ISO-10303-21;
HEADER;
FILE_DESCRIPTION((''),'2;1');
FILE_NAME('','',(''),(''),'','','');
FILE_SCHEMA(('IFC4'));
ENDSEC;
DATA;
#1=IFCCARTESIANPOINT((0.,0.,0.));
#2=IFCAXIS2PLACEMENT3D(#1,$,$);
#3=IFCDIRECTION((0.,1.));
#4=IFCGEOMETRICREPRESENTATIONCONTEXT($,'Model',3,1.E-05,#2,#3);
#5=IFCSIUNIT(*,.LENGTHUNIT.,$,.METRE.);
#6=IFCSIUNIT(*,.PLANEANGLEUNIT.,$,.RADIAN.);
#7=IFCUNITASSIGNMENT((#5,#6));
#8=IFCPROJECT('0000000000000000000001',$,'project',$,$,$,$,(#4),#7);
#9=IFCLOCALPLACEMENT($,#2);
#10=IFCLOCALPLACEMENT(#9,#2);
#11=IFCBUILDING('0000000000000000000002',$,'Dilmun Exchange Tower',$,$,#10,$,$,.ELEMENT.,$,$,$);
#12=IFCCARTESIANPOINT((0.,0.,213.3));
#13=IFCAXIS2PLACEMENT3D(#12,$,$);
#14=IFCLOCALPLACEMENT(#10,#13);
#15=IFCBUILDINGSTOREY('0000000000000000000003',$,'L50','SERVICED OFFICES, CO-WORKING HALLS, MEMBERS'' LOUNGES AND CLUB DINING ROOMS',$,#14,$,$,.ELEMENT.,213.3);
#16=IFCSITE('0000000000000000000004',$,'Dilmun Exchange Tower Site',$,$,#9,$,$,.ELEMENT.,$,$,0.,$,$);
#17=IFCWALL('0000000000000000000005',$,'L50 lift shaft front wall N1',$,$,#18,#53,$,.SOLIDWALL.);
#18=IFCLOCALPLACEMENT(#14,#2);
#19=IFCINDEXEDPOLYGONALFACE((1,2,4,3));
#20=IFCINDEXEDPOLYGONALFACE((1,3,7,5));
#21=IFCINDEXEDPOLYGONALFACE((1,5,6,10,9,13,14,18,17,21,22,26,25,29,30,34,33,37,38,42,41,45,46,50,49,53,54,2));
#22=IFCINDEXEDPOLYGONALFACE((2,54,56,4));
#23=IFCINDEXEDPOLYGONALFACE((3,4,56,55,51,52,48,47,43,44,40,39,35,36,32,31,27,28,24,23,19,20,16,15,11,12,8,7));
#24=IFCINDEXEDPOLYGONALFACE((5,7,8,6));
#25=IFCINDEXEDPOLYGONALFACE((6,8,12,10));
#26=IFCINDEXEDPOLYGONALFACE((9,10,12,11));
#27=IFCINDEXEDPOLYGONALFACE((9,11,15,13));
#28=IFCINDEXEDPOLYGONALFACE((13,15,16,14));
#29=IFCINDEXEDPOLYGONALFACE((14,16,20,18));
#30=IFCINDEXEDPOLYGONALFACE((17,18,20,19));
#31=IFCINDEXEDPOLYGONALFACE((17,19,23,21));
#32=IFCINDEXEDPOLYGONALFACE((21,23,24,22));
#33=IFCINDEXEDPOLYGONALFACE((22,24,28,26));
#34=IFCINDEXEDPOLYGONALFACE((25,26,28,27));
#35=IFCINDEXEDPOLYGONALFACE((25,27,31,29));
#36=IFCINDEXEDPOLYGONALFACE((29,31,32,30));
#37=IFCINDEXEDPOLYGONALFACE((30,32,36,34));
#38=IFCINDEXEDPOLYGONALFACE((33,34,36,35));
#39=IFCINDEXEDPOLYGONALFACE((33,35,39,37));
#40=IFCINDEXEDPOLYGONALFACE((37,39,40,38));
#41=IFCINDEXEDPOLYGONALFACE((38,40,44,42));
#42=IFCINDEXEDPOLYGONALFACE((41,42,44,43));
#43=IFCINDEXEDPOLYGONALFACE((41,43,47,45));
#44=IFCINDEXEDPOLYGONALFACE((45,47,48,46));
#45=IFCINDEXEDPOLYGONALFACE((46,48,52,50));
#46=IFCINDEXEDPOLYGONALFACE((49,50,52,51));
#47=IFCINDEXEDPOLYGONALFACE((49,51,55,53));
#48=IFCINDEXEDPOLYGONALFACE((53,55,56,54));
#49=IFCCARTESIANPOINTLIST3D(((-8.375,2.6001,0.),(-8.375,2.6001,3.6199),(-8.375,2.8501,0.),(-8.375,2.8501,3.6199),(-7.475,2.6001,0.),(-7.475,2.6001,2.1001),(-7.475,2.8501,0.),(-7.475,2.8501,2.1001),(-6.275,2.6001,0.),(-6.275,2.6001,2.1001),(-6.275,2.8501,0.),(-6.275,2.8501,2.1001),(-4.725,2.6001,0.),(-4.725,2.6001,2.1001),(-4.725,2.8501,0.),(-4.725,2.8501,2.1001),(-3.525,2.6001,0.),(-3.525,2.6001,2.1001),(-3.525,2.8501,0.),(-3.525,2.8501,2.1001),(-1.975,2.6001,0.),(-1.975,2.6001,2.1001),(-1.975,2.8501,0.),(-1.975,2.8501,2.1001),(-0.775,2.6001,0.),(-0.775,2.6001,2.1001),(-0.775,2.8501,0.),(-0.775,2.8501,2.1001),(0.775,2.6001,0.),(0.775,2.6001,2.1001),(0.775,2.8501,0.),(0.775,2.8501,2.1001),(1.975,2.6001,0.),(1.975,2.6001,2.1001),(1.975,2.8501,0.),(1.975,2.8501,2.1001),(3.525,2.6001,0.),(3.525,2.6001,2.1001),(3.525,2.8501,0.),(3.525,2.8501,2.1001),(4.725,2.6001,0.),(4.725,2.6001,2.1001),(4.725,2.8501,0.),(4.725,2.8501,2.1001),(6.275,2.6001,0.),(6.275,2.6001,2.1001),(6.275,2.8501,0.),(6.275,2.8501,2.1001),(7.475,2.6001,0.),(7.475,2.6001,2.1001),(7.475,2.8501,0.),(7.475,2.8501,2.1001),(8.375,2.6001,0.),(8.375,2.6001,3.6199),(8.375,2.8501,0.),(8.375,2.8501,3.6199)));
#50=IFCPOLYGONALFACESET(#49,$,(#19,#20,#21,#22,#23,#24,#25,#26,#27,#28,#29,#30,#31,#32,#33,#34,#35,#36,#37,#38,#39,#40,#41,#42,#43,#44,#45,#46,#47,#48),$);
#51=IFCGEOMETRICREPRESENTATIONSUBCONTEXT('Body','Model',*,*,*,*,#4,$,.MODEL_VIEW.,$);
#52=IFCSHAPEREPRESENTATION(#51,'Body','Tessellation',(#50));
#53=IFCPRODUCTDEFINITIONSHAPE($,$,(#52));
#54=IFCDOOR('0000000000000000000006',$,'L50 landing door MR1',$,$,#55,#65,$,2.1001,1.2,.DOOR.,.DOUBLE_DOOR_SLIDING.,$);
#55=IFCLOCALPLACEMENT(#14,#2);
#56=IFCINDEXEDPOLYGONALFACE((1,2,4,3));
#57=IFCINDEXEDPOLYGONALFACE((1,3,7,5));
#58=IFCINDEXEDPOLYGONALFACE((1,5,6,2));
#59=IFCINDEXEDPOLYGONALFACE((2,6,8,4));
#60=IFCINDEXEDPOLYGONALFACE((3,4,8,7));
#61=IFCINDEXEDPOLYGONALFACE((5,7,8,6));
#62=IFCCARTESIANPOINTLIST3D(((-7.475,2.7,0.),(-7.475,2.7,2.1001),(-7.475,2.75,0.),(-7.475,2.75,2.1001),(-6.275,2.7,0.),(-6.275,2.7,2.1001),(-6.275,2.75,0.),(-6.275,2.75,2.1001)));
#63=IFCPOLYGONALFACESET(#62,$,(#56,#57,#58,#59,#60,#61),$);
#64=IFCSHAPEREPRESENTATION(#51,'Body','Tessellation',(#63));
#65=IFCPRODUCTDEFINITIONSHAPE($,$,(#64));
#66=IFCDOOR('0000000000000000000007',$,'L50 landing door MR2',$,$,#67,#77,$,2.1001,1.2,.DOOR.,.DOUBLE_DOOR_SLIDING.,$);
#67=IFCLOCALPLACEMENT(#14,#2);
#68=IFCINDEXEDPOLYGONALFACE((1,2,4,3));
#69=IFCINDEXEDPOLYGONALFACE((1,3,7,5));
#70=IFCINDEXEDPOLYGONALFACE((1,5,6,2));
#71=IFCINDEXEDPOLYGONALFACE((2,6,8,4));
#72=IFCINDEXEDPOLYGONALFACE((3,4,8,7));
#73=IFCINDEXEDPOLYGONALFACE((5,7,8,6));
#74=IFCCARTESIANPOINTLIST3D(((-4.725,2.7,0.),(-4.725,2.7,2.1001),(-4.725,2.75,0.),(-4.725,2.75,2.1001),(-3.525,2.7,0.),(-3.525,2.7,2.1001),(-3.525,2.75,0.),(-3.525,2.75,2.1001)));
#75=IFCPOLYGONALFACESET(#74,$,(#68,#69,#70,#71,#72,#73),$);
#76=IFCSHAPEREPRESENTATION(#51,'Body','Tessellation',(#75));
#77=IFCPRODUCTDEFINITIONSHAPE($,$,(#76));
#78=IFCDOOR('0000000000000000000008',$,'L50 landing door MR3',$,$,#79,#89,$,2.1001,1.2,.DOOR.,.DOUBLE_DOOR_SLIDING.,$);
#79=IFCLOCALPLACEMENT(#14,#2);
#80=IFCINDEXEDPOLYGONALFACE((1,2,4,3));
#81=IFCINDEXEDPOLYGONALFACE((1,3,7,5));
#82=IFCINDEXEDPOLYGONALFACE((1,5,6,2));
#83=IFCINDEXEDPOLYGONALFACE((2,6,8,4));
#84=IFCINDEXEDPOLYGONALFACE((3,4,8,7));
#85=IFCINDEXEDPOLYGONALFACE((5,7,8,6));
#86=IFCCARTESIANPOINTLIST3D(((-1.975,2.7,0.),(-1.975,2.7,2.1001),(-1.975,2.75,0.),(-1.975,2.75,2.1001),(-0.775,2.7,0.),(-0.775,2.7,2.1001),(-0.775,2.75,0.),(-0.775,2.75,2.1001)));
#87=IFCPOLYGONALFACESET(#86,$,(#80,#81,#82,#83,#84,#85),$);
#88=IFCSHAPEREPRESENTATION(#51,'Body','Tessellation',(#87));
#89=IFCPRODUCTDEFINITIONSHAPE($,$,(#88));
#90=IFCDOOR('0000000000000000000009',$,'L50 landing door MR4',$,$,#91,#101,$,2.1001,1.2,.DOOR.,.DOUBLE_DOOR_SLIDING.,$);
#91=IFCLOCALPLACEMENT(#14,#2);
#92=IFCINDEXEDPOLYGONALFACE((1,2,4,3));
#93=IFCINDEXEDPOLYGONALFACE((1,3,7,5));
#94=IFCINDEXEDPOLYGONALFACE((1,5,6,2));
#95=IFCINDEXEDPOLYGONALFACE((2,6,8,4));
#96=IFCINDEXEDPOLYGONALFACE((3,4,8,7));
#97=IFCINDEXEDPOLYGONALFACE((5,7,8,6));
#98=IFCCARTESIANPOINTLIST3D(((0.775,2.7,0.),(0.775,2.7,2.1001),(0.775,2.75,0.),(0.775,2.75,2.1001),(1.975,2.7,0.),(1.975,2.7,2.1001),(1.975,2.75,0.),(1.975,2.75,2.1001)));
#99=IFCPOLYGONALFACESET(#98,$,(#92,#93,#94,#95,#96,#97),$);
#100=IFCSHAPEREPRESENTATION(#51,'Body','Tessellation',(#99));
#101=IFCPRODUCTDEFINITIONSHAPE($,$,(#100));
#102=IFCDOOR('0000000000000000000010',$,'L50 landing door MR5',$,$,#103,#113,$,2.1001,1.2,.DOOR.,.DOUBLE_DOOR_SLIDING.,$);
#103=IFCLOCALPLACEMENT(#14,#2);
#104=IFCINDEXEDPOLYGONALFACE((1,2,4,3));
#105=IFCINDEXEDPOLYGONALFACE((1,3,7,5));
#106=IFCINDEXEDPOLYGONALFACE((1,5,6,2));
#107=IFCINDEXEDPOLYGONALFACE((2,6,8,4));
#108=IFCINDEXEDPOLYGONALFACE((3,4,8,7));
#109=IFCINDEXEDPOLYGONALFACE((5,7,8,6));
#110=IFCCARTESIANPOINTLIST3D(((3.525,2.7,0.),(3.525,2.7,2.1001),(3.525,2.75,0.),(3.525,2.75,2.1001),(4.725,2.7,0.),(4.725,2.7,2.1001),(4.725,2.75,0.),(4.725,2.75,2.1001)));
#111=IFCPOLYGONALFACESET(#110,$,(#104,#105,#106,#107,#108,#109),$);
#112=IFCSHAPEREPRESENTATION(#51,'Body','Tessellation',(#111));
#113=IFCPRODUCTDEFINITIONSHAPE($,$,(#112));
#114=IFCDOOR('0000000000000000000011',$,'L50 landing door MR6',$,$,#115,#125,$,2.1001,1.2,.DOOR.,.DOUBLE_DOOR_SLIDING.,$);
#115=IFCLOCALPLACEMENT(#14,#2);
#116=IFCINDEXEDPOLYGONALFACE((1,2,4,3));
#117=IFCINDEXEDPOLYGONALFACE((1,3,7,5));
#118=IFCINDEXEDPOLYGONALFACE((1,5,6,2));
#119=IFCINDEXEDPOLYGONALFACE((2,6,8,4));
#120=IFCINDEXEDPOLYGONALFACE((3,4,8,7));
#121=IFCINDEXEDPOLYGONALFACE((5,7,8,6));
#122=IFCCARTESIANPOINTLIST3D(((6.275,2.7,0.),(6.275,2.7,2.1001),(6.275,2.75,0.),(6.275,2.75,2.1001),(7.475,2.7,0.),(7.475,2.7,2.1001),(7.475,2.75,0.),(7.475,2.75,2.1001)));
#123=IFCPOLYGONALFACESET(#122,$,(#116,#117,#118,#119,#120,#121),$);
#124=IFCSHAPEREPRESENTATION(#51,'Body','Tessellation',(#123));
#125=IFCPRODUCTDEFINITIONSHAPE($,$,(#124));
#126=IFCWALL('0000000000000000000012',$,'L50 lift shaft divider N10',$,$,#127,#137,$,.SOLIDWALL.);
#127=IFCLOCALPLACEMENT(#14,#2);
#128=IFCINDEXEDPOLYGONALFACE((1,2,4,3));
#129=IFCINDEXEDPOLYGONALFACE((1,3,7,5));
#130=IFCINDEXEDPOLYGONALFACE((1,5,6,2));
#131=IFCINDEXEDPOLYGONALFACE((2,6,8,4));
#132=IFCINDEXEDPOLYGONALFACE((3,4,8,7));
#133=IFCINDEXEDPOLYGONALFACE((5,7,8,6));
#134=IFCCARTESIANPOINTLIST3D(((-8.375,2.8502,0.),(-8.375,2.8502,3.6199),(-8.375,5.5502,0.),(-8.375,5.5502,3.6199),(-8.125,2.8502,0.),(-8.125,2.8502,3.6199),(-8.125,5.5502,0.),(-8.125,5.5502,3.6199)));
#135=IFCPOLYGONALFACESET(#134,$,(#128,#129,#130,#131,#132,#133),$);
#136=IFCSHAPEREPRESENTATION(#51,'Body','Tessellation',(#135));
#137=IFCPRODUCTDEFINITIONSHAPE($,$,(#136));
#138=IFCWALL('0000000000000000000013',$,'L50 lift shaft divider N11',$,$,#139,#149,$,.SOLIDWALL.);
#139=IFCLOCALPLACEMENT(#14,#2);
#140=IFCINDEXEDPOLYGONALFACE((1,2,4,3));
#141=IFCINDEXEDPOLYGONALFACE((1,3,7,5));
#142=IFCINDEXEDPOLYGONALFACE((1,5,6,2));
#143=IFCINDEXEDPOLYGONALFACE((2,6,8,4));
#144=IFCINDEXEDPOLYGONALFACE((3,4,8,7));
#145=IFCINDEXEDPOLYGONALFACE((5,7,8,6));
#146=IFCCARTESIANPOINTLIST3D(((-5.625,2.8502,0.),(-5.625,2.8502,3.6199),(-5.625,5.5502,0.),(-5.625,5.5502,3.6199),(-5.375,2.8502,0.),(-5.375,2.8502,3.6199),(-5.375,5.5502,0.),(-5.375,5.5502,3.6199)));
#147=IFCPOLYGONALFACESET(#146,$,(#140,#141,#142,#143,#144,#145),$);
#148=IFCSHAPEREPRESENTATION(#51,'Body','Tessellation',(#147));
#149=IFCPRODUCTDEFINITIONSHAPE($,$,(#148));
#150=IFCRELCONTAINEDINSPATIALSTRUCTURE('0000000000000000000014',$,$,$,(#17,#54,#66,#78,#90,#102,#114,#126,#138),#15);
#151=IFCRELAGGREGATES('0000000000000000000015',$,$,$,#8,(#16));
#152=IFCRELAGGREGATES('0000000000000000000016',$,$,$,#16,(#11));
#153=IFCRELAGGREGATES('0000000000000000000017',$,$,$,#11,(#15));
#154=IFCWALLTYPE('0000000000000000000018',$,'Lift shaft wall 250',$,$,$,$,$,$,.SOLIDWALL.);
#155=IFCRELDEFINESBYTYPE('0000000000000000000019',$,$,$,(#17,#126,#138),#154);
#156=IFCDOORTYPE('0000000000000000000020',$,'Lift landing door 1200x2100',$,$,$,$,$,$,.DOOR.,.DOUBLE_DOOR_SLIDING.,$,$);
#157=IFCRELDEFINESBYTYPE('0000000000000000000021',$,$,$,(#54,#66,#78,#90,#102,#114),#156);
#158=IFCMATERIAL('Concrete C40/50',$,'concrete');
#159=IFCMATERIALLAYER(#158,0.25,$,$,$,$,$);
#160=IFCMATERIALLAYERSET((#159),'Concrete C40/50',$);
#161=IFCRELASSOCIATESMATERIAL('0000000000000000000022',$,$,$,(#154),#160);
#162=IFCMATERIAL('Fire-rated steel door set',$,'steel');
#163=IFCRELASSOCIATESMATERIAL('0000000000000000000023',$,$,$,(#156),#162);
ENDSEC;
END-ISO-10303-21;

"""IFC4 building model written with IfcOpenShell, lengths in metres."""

from ifc_helpers import new_model, si_unit, direction, frame, frame_2d, origin, place, context, subcontext, project, spatial, rectangle, extrude, material, layer, layer_set, type_object, element, fill, save


model = new_model("IFC4")

# Units and contexts
model_context = context("Model", 3, precision=1e-05, world=origin(), true_north=direction((0.0, 1.0)))
body_context = subcontext(model_context, "Body", "Model", "MODEL_VIEW")
ifc_project = project(units=[si_unit("LENGTHUNIT", "METRE"), si_unit("PLANEANGLEUNIT", "RADIAN")], contexts=[model_context])

# Site, building, storey
site_placement = place(None, origin())
site = spatial("IfcSite", under=ifc_project, at=site_placement, Name="Dilmun Exchange Tower Site", CompositionType="ELEMENT", RefElevation=0.0)
building_placement = place(site_placement, origin())
building = spatial("IfcBuilding", under=site, at=building_placement, Name="Dilmun Exchange Tower", CompositionType="ELEMENT")
storey_placement = place(building_placement, frame((0.0, 0.0, 213.3)))
storey = spatial("IfcBuildingStorey", under=building, at=storey_placement, Name="L50", Description="SERVICED OFFICES, CO-WORKING HALLS, MEMBERS' LOUNGES AND CLUB DINING ROOMS", CompositionType="ELEMENT", Elevation=213.3)

# Shared definitions
ifc_material_1 = material(Name="Concrete C40/50", Category="concrete")
ifc_material_2 = material(Name="Fire-rated steel door set", Category="steel")

# Wall, openings, doors
ifc_layer_1 = layer(ifc_material_1, 0.25)
ifc_layer_set_1 = layer_set([ifc_layer_1], Name="Concrete C40/50")
wall_type_1 = type_object("IfcWallType", Name="Lift shaft wall 250", PredefinedType="SOLIDWALL", material=ifc_layer_set_1)
wall_1_placement = place(storey_placement, frame((-8.375, 2.7251, 0.0), z_axis=(0.0, 0.0, 1.0), x_axis=(1.0, 0.0, 0.0)))
wall_1 = element("IfcWall", 1, at=wall_1_placement, inside=storey, type_object=wall_type_1, Name="L50 lift shaft front wall N1", PredefinedType="SOLIDWALL", context=body_context, shape_type="SweptSolid", body=[
    extrude(rectangle(XDim=16.75, YDim=0.25, at=frame_2d((8.375, 0.0))), origin(), (0.0, 0.0, 1.0), 3.6199),
])
opening_1_placement = place(wall_1_placement, frame((0.8999, 0.0, 0.0)))
opening_1 = element("IfcOpeningElement", 2, at=opening_1_placement, cuts=wall_1, PredefinedType="OPENING", context=body_context, shape_type="SweptSolid", body=[
    extrude(rectangle(XDim=1.2, YDim=2.1001, at=frame_2d((0.6001, 1.05))), frame((0.0, 0.135, 0.0), z_axis=(0.0, -1.0, 0.0), x_axis=(1.0, 0.0, 0.0)), (0.0, 0.0, 1.0), 0.27),
])
opening_2_placement = place(wall_1_placement, frame((3.6499, 0.0, 0.0)))
opening_2 = element("IfcOpeningElement", 3, at=opening_2_placement, cuts=wall_1, PredefinedType="OPENING", context=body_context, shape_type="SweptSolid", body=[
    extrude(rectangle(XDim=1.2, YDim=2.1001, at=frame_2d((0.6001, 1.05))), frame((0.0, 0.135, 0.0), z_axis=(0.0, -1.0, 0.0), x_axis=(1.0, 0.0, 0.0)), (0.0, 0.0, 1.0), 0.27),
])
opening_3_placement = place(wall_1_placement, frame((6.3999, 0.0, 0.0)))
opening_3 = element("IfcOpeningElement", 4, at=opening_3_placement, cuts=wall_1, PredefinedType="OPENING", context=body_context, shape_type="SweptSolid", body=[
    extrude(rectangle(XDim=1.2, YDim=2.1001, at=frame_2d((0.6001, 1.05))), frame((0.0, 0.135, 0.0), z_axis=(0.0, -1.0, 0.0), x_axis=(1.0, 0.0, 0.0)), (0.0, 0.0, 1.0), 0.27),
])
opening_4_placement = place(wall_1_placement, frame((9.1499, 0.0, 0.0)))
opening_4 = element("IfcOpeningElement", 5, at=opening_4_placement, cuts=wall_1, PredefinedType="OPENING", context=body_context, shape_type="SweptSolid", body=[
    extrude(rectangle(XDim=1.2, YDim=2.1001, at=frame_2d((0.6001, 1.05))), frame((0.0, 0.135, 0.0), z_axis=(0.0, -1.0, 0.0), x_axis=(1.0, 0.0, 0.0)), (0.0, 0.0, 1.0), 0.27),
])
opening_5_placement = place(wall_1_placement, frame((11.8999, 0.0, 0.0)))
opening_5 = element("IfcOpeningElement", 6, at=opening_5_placement, cuts=wall_1, PredefinedType="OPENING", context=body_context, shape_type="SweptSolid", body=[
    extrude(rectangle(XDim=1.2, YDim=2.1001, at=frame_2d((0.6001, 1.05))), frame((0.0, 0.135, 0.0), z_axis=(0.0, -1.0, 0.0), x_axis=(1.0, 0.0, 0.0)), (0.0, 0.0, 1.0), 0.27),
])
opening_6_placement = place(wall_1_placement, frame((14.6499, 0.0, 0.0)))
opening_6 = element("IfcOpeningElement", 7, at=opening_6_placement, cuts=wall_1, PredefinedType="OPENING", context=body_context, shape_type="SweptSolid", body=[
    extrude(rectangle(XDim=1.2, YDim=2.1001, at=frame_2d((0.6001, 1.05))), frame((0.0, 0.135, 0.0), z_axis=(0.0, -1.0, 0.0), x_axis=(1.0, 0.0, 0.0)), (0.0, 0.0, 1.0), 0.27),
])
door_type_1 = type_object("IfcDoorType", Name="Lift landing door 1200x2100", OperationType="DOUBLE_DOOR_SLIDING", PredefinedType="DOOR", material=ifc_material_2)
door_1_placement = place(opening_1_placement, origin())
door_1 = element("IfcDoor", 8, at=door_1_placement, inside=storey, type_object=door_type_1, Name="L50 landing door MR1", OperationType="DOUBLE_DOOR_SLIDING", OverallHeight=2.1001, OverallWidth=1.2, PredefinedType="DOOR", context=body_context, shape_type="SweptSolid", body=[
    extrude(rectangle(XDim=1.2, YDim=2.1001, at=frame_2d((0.6001, 1.05))), frame((0.0, 0.0249, 0.0), z_axis=(0.0, -1.0, 0.0), x_axis=(1.0, 0.0, 0.0)), (0.0, 0.0, 1.0), 0.05),
])
fill(opening_1, door_1)
door_2_placement = place(opening_2_placement, origin())
door_2 = element("IfcDoor", 9, at=door_2_placement, inside=storey, type_object=door_type_1, Name="L50 landing door MR2", OperationType="DOUBLE_DOOR_SLIDING", OverallHeight=2.1001, OverallWidth=1.2, PredefinedType="DOOR", context=body_context, shape_type="SweptSolid", body=[
    extrude(rectangle(XDim=1.2, YDim=2.1001, at=frame_2d((0.6001, 1.05))), frame((0.0, 0.0249, 0.0), z_axis=(0.0, -1.0, 0.0), x_axis=(1.0, 0.0, 0.0)), (0.0, 0.0, 1.0), 0.05),
])
fill(opening_2, door_2)
door_3_placement = place(opening_3_placement, origin())
door_3 = element("IfcDoor", 10, at=door_3_placement, inside=storey, type_object=door_type_1, Name="L50 landing door MR3", OperationType="DOUBLE_DOOR_SLIDING", OverallHeight=2.1001, OverallWidth=1.2, PredefinedType="DOOR", context=body_context, shape_type="SweptSolid", body=[
    extrude(rectangle(XDim=1.2, YDim=2.1001, at=frame_2d((0.6001, 1.05))), frame((0.0, 0.0249, 0.0), z_axis=(0.0, -1.0, 0.0), x_axis=(1.0, 0.0, 0.0)), (0.0, 0.0, 1.0), 0.05),
])
fill(opening_3, door_3)
door_4_placement = place(opening_4_placement, origin())
door_4 = element("IfcDoor", 11, at=door_4_placement, inside=storey, type_object=door_type_1, Name="L50 landing door MR4", OperationType="DOUBLE_DOOR_SLIDING", OverallHeight=2.1001, OverallWidth=1.2, PredefinedType="DOOR", context=body_context, shape_type="SweptSolid", body=[
    extrude(rectangle(XDim=1.2, YDim=2.1001, at=frame_2d((0.6001, 1.05))), frame((0.0, 0.0249, 0.0), z_axis=(0.0, -1.0, 0.0), x_axis=(1.0, 0.0, 0.0)), (0.0, 0.0, 1.0), 0.05),
])
fill(opening_4, door_4)
door_5_placement = place(opening_5_placement, origin())
door_5 = element("IfcDoor", 12, at=door_5_placement, inside=storey, type_object=door_type_1, Name="L50 landing door MR5", OperationType="DOUBLE_DOOR_SLIDING", OverallHeight=2.1001, OverallWidth=1.2, PredefinedType="DOOR", context=body_context, shape_type="SweptSolid", body=[
    extrude(rectangle(XDim=1.2, YDim=2.1001, at=frame_2d((0.6001, 1.05))), frame((0.0, 0.0249, 0.0), z_axis=(0.0, -1.0, 0.0), x_axis=(1.0, 0.0, 0.0)), (0.0, 0.0, 1.0), 0.05),
])
fill(opening_5, door_5)
door_6_placement = place(opening_6_placement, origin())
door_6 = element("IfcDoor", 13, at=door_6_placement, inside=storey, type_object=door_type_1, Name="L50 landing door MR6", OperationType="DOUBLE_DOOR_SLIDING", OverallHeight=2.1001, OverallWidth=1.2, PredefinedType="DOOR", context=body_context, shape_type="SweptSolid", body=[
    extrude(rectangle(XDim=1.2, YDim=2.1001, at=frame_2d((0.6001, 1.05))), frame((0.0, 0.0249, 0.0), z_axis=(0.0, -1.0, 0.0), x_axis=(1.0, 0.0, 0.0)), (0.0, 0.0, 1.0), 0.05),
])
fill(opening_6, door_6)

# Walls
for number, where, z_axis, x_axis, name in (
    (14, (-8.25, 2.8501, 0.0), (0.0, 0.0, 1.0), (0.0, 1.0, 0.0), "L50 lift shaft divider N10"),
    (15, (-5.5, 2.8501, 0.0), (0.0, 0.0, 1.0), (0.0, 1.0, 0.0), "L50 lift shaft divider N11"),
):
    element("IfcWall", number, at=place(storey_placement, frame(where, z_axis=z_axis, x_axis=x_axis)), inside=storey, type_object=wall_type_1, Name=name, PredefinedType="SOLIDWALL", context=body_context, shape_type="SweptSolid", body=[
        extrude(rectangle(XDim=2.7, YDim=0.25, at=frame_2d((1.3501, 0.0))), origin(), (0.0, 0.0, 1.0), 3.6199),
    ])

save(model, "model.ifc")
